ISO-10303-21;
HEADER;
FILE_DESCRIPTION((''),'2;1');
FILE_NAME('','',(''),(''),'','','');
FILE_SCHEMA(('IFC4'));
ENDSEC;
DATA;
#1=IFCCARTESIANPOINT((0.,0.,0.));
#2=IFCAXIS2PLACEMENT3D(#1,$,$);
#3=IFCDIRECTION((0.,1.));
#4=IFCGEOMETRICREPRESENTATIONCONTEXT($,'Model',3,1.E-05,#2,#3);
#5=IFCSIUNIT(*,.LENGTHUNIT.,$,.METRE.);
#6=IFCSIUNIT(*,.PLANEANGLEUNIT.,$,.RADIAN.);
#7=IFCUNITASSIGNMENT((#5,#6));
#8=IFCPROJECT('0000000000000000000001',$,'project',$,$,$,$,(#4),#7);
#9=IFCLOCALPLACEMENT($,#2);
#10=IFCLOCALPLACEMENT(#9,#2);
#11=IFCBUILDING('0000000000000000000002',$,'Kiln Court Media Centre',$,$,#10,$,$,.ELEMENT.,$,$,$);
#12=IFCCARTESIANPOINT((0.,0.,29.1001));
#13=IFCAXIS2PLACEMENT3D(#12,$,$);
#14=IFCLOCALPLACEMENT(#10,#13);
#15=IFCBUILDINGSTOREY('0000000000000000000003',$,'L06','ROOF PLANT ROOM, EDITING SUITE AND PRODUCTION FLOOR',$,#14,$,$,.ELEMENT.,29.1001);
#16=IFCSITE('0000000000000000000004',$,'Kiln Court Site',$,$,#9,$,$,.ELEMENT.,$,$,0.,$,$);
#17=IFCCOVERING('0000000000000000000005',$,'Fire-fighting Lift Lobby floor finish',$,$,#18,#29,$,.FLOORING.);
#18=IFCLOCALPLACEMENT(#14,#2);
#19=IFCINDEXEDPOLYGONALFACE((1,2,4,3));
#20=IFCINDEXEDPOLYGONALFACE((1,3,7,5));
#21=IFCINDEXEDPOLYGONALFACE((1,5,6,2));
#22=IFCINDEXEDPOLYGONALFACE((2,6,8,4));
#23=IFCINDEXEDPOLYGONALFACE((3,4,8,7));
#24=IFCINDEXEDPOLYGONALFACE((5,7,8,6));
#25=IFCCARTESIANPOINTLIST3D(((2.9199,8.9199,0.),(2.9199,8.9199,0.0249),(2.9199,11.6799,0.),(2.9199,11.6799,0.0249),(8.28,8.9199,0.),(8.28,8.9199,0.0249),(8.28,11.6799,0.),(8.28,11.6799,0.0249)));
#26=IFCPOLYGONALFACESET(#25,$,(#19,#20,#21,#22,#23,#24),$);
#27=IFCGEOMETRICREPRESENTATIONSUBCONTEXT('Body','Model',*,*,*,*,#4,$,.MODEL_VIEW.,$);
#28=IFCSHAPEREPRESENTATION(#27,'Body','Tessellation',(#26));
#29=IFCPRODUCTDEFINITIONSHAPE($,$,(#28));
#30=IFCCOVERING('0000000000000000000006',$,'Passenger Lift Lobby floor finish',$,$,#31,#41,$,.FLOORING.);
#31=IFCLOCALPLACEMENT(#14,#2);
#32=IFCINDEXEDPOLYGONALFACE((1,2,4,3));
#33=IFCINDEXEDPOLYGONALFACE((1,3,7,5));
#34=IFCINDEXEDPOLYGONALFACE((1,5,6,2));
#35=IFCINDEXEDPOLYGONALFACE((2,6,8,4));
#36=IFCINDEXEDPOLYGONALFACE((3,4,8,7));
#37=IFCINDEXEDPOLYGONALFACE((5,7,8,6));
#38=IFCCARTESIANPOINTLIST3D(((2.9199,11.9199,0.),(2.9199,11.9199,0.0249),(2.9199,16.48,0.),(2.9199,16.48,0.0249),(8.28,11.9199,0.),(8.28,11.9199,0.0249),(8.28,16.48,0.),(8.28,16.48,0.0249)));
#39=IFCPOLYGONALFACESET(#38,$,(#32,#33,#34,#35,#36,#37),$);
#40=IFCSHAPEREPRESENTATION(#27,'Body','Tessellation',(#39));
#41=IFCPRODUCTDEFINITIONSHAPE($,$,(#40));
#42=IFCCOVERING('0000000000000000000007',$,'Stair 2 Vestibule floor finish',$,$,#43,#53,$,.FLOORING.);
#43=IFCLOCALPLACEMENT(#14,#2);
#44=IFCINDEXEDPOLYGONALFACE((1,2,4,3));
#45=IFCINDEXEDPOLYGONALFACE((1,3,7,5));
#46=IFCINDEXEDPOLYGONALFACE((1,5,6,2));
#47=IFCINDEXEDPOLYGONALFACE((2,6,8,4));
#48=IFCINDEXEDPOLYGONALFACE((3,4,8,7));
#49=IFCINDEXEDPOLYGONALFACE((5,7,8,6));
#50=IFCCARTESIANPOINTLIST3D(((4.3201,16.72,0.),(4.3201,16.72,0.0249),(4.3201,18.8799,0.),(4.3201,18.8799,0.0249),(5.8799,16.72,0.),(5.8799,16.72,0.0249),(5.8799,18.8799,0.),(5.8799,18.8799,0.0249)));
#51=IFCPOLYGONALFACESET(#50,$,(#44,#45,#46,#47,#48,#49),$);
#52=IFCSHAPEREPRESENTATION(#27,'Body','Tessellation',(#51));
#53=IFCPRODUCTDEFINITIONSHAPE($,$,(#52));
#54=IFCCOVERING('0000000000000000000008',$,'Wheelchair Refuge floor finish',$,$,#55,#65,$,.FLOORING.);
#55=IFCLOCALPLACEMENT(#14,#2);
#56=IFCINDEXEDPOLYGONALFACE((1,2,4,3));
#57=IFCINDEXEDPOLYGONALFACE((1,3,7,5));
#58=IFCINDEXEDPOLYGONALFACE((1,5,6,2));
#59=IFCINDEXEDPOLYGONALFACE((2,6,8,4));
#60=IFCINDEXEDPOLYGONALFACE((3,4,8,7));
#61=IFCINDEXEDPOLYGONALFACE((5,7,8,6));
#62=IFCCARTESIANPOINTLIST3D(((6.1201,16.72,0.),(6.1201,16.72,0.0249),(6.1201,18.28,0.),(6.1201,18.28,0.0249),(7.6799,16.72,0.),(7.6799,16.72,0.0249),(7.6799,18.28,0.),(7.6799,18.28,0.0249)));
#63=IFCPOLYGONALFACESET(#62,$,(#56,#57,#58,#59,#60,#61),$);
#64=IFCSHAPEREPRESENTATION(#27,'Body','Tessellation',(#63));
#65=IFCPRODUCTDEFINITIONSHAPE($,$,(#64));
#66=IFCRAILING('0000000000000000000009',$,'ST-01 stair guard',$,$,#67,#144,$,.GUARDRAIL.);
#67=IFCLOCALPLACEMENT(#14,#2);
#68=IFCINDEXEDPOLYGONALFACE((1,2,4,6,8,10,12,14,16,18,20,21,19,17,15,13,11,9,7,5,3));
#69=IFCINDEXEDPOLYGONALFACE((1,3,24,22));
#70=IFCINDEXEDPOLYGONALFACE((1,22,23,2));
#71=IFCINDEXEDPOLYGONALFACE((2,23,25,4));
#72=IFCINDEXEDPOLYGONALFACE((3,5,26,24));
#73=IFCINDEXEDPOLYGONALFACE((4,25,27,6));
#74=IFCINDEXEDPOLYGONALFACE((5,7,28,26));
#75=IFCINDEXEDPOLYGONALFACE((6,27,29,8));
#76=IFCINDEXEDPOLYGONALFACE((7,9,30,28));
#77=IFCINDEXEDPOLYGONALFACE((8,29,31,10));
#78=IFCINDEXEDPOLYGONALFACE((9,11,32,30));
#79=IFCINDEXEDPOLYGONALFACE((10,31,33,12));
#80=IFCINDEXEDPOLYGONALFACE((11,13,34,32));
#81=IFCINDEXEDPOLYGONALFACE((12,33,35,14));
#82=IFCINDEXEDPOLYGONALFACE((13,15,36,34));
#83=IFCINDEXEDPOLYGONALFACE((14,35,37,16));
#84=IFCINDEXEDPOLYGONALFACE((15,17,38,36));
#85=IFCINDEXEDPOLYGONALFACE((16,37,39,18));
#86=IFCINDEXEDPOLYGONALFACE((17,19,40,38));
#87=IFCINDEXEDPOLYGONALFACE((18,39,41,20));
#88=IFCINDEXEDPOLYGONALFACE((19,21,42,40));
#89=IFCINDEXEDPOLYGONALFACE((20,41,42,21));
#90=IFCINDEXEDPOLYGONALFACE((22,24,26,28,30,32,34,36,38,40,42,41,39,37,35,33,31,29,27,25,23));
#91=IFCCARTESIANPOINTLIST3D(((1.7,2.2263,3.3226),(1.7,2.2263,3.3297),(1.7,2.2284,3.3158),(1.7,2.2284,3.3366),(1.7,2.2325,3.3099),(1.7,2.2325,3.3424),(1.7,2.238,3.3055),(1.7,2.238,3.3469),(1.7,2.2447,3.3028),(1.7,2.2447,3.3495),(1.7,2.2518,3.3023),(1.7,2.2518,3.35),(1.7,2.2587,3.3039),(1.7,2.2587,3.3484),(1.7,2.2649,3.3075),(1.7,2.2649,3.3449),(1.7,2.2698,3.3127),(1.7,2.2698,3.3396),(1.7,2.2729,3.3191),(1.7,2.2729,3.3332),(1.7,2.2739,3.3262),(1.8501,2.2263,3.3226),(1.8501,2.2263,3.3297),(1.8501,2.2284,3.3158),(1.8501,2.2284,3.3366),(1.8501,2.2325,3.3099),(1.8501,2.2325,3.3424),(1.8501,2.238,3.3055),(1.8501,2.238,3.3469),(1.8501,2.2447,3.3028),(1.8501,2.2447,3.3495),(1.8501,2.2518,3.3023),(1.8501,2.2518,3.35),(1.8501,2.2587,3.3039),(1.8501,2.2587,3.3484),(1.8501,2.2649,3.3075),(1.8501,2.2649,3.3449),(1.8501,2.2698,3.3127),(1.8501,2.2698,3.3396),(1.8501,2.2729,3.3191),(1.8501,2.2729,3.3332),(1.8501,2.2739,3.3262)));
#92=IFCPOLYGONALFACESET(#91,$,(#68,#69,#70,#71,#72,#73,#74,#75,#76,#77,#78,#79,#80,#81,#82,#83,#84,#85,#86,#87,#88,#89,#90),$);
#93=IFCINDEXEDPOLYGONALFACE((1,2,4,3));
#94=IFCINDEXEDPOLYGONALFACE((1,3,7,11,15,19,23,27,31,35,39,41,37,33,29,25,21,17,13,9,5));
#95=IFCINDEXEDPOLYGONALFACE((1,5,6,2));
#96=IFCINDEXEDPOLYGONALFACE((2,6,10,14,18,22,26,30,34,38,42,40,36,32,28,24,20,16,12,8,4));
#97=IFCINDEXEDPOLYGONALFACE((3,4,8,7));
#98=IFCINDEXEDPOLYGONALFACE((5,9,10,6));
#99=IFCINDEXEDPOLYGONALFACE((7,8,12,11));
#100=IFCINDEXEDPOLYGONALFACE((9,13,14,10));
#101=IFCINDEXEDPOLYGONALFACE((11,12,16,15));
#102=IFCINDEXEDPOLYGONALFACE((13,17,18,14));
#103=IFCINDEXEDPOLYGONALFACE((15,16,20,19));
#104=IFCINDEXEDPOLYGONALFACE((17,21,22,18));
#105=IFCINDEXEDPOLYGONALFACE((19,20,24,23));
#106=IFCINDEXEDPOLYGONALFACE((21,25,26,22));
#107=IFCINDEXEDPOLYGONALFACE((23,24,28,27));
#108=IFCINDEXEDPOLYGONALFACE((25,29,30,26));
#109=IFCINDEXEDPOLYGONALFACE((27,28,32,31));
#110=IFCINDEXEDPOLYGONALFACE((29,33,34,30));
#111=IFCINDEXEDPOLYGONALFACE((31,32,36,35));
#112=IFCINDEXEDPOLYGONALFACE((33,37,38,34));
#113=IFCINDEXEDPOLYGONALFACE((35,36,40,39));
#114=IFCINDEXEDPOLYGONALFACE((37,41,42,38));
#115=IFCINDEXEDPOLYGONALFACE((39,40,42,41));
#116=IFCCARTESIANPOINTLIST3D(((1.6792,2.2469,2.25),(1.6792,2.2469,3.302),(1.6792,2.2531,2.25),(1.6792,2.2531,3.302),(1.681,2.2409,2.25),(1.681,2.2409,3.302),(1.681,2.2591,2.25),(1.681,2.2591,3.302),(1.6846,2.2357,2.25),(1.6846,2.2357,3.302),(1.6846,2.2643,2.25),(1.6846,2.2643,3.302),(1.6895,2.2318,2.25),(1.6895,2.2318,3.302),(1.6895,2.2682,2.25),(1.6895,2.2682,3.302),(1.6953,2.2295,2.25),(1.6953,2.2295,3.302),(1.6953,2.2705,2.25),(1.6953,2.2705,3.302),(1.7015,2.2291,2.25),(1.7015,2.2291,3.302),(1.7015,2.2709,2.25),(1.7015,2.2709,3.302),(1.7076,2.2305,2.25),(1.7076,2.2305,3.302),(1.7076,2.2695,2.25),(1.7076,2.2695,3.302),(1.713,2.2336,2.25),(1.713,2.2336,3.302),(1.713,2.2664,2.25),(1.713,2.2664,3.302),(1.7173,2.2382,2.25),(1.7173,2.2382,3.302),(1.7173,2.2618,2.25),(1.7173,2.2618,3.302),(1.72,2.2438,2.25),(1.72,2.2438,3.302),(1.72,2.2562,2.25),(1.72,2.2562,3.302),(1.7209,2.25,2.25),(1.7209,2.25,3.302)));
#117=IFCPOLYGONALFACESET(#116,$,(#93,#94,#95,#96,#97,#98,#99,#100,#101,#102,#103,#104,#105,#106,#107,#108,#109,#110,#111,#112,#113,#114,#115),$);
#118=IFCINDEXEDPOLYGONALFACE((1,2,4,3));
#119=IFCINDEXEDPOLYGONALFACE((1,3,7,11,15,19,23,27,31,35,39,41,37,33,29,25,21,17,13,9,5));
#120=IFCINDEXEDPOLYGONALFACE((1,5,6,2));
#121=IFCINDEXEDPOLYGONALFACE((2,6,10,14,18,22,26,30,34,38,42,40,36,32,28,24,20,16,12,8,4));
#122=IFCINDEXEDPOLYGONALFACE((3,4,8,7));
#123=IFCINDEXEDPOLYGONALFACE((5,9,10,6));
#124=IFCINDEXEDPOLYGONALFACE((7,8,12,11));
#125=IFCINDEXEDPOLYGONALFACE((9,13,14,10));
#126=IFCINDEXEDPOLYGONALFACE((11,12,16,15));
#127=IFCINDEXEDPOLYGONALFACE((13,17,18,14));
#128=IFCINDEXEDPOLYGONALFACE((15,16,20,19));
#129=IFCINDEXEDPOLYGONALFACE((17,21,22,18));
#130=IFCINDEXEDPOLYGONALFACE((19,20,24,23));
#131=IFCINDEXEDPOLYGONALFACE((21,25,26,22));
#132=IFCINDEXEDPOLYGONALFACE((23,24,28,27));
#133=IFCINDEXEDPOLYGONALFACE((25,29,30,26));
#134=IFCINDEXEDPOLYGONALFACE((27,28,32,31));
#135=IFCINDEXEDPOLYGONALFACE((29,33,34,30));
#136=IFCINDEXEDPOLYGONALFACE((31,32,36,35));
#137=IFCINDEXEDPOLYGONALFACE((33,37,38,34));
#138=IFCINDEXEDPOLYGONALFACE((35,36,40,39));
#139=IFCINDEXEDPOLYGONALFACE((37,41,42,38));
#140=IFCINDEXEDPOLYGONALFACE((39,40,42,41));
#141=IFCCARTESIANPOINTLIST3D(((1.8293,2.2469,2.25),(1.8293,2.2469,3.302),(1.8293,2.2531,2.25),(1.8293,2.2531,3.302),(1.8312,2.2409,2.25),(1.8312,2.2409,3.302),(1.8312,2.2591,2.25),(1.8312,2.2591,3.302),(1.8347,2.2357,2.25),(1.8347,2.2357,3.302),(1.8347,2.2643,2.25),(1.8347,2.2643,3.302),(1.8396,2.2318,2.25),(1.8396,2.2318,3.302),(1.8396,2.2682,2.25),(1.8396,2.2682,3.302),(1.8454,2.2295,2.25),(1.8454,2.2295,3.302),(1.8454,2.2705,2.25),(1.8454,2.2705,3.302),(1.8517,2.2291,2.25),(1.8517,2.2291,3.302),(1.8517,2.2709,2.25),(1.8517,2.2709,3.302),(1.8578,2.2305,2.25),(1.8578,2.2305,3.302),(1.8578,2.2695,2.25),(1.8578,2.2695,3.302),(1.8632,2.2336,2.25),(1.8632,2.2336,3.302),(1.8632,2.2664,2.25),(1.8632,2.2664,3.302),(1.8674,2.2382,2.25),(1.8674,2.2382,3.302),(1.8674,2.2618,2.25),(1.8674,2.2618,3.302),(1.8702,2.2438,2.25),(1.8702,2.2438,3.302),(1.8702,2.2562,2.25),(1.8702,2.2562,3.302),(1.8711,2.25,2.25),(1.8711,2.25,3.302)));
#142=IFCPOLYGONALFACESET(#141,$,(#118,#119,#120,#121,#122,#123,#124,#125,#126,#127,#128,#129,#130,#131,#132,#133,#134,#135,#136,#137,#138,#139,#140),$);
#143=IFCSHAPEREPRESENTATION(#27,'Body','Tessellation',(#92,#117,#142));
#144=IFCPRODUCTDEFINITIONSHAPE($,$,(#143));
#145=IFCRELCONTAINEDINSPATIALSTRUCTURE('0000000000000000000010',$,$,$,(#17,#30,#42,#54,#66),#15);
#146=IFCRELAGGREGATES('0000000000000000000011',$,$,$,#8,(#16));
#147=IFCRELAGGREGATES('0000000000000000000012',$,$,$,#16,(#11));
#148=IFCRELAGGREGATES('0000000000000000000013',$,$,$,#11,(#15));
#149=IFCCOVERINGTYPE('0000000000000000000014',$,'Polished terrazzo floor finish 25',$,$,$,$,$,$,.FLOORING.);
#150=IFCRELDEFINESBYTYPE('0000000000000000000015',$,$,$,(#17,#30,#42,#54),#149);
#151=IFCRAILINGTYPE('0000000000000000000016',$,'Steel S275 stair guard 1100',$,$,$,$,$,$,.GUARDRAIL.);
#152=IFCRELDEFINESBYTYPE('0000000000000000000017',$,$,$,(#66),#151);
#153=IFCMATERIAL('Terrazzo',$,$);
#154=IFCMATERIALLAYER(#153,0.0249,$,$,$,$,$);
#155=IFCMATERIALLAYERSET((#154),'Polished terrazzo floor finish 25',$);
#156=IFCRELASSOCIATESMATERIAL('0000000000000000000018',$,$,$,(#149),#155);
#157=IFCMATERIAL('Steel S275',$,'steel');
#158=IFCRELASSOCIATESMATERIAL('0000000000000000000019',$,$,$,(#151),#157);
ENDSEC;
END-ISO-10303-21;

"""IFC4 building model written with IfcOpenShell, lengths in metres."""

from ifc_helpers import new_model, si_unit, direction, frame, origin, origin_2d, place, context, subcontext, project, spatial, polyline, circle, outline, extrude, material, layer, layer_set, type_object, element, save


model = new_model("IFC4")

# Units and contexts
model_context = context("Model", 3, precision=1e-05, world=origin(), true_north=direction((0.0, 1.0)))
body_context = subcontext(model_context, "Body", "Model", "MODEL_VIEW")
ifc_project = project(units=[si_unit("LENGTHUNIT", "METRE"), si_unit("PLANEANGLEUNIT", "RADIAN")], contexts=[model_context])

# Site, building, storey
site_placement = place(None, origin())
site = spatial("IfcSite", under=ifc_project, at=site_placement, Name="Kiln Court Site", CompositionType="ELEMENT", RefElevation=0.0)
building_placement = place(site_placement, origin())
building = spatial("IfcBuilding", under=site, at=building_placement, Name="Kiln Court Media Centre", CompositionType="ELEMENT")
storey_placement = place(building_placement, frame((0.0, 0.0, 29.1001)))
storey = spatial("IfcBuildingStorey", under=building, at=storey_placement, Name="L06", Description="ROOF PLANT ROOM, EDITING SUITE AND PRODUCTION FLOOR", CompositionType="ELEMENT", Elevation=29.1001)

# Coverings
ifc_material_1 = material(Name="Terrazzo")
ifc_layer_1 = layer(ifc_material_1, 0.0249)
ifc_layer_set_1 = layer_set([ifc_layer_1], Name="Polished terrazzo floor finish 25")
covering_type_1 = type_object("IfcCoveringType", Name="Polished terrazzo floor finish 25", PredefinedType="FLOORING", material=ifc_layer_set_1)
covering_1_placement = place(storey_placement, origin())
element("IfcCovering", 1, at=covering_1_placement, inside=storey, type_object=covering_type_1, Name="Fire-fighting Lift Lobby floor finish", PredefinedType="FLOORING", context=body_context, shape_type="SweptSolid", body=[
    extrude(outline(polyline([(2.9199, 8.9199), (8.28, 8.9199), (8.28, 11.6799), (2.9199, 11.6799), (2.9199, 8.9199)])), origin(), (0.0, 0.0, 1.0), 0.0249),
])
covering_2_placement = place(storey_placement, origin())
element("IfcCovering", 2, at=covering_2_placement, inside=storey, type_object=covering_type_1, Name="Passenger Lift Lobby floor finish", PredefinedType="FLOORING", context=body_context, shape_type="SweptSolid", body=[
    extrude(outline(polyline([(2.9199, 11.9199), (8.28, 11.9199), (8.28, 16.48), (2.9199, 16.48), (2.9199, 11.9199)])), origin(), (0.0, 0.0, 1.0), 0.0249),
])
covering_3_placement = place(storey_placement, origin())
element("IfcCovering", 3, at=covering_3_placement, inside=storey, type_object=covering_type_1, Name="Stair 2 Vestibule floor finish", PredefinedType="FLOORING", context=body_context, shape_type="SweptSolid", body=[
    extrude(outline(polyline([(4.3201, 16.72), (5.8799, 16.72), (5.8799, 18.8799), (4.3201, 18.8799), (4.3201, 16.72)])), origin(), (0.0, 0.0, 1.0), 0.0249),
])
covering_4_placement = place(storey_placement, origin())
element("IfcCovering", 4, at=covering_4_placement, inside=storey, type_object=covering_type_1, Name="Wheelchair Refuge floor finish", PredefinedType="FLOORING", context=body_context, shape_type="SweptSolid", body=[
    extrude(outline(polyline([(6.1201, 16.72), (7.6799, 16.72), (7.6799, 18.28), (6.1201, 18.28), (6.1201, 16.72)])), origin(), (0.0, 0.0, 1.0), 0.0249),
])

# Railing
ifc_material_2 = material(Name="Steel S275", Category="steel")
railing_type_1 = type_object("IfcRailingType", Name="Steel S275 stair guard 1100", PredefinedType="GUARDRAIL", material=ifc_material_2)
railing_1_placement = place(storey_placement, frame((1.7, 2.25, 2.25)))
element("IfcRailing", 5, at=railing_1_placement, inside=storey, type_object=railing_type_1, Name="ST-01 stair guard", PredefinedType="GUARDRAIL", context=body_context, shape_type="SweptSolid", body=[
    extrude(circle(Radius=0.0239, at=origin_2d()), frame((0.0, 0.0, 1.0762), z_axis=(1.0, 0.0, 0.0), x_axis=(0.0, 1.0, 0.0)), (0.0, 0.0, 1.0), 0.1501),
    extrude(circle(Radius=0.021, at=origin_2d()), origin(), (0.0, 0.0, 1.0), 1.052),
    extrude(circle(Radius=0.021, at=origin_2d()), frame((0.1501, 0.0, 0.0)), (0.0, 0.0, 1.0), 1.052),
])

save(model, "model.ifc")
